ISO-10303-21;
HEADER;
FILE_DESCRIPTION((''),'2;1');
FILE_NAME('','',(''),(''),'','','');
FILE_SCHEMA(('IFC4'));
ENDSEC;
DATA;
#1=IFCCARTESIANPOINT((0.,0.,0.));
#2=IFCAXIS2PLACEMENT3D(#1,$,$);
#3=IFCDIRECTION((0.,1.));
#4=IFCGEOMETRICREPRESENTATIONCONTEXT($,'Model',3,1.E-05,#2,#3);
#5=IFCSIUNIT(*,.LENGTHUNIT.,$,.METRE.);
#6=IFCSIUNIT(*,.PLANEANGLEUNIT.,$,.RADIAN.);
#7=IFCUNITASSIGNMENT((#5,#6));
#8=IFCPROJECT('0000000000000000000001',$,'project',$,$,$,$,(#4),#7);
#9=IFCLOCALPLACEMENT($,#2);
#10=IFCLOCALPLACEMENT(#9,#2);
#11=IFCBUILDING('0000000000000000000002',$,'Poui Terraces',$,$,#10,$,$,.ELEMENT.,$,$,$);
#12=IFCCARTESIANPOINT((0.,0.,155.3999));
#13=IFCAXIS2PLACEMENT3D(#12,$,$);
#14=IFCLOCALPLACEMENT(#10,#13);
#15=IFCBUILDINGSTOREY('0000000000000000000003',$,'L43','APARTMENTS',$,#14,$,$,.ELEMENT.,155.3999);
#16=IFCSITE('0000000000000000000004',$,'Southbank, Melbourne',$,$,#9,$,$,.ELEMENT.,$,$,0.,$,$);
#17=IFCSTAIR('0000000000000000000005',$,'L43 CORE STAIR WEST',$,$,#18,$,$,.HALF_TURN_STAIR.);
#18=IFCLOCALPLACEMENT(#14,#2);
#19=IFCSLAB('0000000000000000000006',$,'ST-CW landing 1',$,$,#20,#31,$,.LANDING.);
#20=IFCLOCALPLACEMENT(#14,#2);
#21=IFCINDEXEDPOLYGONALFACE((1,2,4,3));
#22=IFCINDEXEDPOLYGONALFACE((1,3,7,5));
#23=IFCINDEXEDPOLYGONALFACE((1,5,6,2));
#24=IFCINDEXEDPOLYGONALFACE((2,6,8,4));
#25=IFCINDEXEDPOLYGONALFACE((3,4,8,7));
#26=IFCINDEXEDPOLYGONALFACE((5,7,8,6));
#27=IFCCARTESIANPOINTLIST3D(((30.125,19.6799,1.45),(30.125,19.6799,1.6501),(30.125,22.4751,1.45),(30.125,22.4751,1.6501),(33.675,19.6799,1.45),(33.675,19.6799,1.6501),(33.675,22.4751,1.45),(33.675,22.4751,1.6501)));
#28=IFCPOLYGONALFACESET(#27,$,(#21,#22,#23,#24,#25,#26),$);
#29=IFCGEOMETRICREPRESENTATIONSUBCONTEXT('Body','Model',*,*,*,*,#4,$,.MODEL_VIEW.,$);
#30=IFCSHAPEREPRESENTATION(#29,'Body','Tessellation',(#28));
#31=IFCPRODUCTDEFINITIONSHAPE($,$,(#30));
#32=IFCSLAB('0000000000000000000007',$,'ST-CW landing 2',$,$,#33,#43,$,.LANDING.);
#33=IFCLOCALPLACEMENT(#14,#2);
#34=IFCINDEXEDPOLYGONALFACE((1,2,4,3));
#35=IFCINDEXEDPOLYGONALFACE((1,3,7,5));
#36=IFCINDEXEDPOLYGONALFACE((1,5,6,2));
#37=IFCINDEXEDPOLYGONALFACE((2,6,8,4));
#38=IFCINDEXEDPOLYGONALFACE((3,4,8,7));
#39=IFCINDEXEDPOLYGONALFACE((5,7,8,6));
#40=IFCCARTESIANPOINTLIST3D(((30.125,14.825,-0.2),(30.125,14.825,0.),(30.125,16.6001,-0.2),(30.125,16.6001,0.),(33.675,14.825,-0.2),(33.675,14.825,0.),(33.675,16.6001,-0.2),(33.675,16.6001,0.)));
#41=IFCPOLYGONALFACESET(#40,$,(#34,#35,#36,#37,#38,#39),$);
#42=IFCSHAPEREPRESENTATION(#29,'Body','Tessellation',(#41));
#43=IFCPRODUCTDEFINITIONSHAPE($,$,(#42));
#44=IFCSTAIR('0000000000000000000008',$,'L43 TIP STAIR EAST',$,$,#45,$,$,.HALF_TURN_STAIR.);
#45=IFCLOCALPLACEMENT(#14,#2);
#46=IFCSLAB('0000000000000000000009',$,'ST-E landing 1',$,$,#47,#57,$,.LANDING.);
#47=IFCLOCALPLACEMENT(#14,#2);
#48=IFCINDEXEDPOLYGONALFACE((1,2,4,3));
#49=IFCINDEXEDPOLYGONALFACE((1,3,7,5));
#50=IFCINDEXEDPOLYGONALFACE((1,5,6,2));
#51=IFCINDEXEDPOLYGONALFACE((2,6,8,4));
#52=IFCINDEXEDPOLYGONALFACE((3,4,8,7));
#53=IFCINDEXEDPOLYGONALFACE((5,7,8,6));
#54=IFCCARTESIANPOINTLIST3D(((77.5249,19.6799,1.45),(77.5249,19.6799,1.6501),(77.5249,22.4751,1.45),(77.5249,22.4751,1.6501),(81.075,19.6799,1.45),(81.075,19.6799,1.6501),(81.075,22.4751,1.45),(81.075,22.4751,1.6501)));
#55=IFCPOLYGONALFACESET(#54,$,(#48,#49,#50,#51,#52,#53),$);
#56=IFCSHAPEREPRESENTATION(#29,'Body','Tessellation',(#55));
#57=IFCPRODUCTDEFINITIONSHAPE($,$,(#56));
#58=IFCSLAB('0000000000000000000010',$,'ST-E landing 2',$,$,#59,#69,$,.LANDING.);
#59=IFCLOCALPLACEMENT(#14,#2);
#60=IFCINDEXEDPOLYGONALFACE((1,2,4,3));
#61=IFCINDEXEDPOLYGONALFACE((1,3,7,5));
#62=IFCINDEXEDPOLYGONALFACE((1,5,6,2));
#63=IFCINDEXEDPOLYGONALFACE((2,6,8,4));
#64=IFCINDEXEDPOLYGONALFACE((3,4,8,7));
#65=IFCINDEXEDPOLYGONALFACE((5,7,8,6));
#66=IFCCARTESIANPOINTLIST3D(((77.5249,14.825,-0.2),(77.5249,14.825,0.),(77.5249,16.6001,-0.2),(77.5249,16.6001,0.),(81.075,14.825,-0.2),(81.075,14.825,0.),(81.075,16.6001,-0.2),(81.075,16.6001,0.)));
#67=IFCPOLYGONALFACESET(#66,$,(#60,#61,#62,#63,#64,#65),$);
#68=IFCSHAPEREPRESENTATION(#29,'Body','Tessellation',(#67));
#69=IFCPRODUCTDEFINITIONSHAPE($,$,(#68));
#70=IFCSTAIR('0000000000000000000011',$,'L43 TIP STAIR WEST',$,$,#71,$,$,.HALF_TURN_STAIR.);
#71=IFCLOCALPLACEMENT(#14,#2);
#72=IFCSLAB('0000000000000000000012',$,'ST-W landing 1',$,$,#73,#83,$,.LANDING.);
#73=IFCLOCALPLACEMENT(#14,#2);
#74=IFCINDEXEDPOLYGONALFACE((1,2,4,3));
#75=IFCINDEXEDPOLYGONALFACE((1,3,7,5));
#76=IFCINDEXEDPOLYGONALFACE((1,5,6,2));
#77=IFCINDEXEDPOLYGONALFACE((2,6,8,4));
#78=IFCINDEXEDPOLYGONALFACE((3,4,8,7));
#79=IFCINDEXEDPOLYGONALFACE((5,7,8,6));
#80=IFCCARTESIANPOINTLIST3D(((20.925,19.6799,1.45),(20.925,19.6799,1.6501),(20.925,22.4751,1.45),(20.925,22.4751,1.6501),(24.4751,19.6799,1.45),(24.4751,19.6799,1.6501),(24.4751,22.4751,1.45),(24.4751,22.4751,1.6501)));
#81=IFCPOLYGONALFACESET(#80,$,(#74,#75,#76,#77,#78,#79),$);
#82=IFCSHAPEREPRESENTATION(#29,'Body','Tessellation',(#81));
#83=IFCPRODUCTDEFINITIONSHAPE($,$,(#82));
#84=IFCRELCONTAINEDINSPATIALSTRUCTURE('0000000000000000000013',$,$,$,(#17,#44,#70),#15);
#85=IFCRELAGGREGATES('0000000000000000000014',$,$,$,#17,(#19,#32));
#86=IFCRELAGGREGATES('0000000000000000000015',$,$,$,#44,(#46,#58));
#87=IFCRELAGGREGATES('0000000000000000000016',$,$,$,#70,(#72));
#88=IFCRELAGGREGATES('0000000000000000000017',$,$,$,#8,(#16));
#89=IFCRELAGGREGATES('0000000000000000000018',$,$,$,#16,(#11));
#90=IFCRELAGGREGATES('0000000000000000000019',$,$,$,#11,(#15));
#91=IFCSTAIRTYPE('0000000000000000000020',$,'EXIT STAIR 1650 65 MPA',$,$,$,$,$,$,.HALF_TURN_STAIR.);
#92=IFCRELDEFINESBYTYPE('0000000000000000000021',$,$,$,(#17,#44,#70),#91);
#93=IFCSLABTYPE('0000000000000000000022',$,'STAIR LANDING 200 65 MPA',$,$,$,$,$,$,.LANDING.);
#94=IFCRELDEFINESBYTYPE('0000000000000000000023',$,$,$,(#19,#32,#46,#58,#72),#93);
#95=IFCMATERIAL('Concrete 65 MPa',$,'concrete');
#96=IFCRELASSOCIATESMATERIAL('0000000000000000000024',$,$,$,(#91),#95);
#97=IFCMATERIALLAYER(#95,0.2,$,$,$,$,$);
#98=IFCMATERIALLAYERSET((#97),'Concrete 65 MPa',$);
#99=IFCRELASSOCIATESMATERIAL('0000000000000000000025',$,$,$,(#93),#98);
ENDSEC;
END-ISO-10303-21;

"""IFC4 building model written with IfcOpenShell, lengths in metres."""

from ifc_helpers import new_model, si_unit, direction, frame, origin, place, context, subcontext, project, spatial, polyline, outline, extrude, material, layer, layer_set, type_object, element, aggregate, save


model = new_model("IFC4")

# Units and contexts
model_context = context("Model", 3, precision=1e-05, world=origin(), true_north=direction((0.0, 1.0)))
body_context = subcontext(model_context, "Body", "Model", "MODEL_VIEW")
ifc_project = project(units=[si_unit("LENGTHUNIT", "METRE"), si_unit("PLANEANGLEUNIT", "RADIAN")], contexts=[model_context])

# Site, building, storey
site_placement = place(None, origin())
site = spatial("IfcSite", under=ifc_project, at=site_placement, Name="Southbank, Melbourne", CompositionType="ELEMENT", RefElevation=0.0)
building_placement = place(site_placement, origin())
building = spatial("IfcBuilding", under=site, at=building_placement, Name="Poui Terraces", CompositionType="ELEMENT")
storey_placement = place(building_placement, frame((0.0, 0.0, 155.3999)))
storey = spatial("IfcBuildingStorey", under=building, at=storey_placement, Name="L43", Description="APARTMENTS", CompositionType="ELEMENT", Elevation=155.3999)

# Stairs, slabs
ifc_material = material(Name="Concrete 65 MPa", Category="concrete")
stair_type = type_object("IfcStairType", Name="EXIT STAIR 1650 65 MPA", PredefinedType="HALF_TURN_STAIR", material=ifc_material)
stair_1_placement = place(storey_placement, origin())
stair_1 = element("IfcStair", 1, at=stair_1_placement, inside=storey, type_object=stair_type, Name="L43 CORE STAIR WEST", PredefinedType="HALF_TURN_STAIR")
ifc_layer = layer(ifc_material, 0.2)
ifc_layer_set = layer_set([ifc_layer], Name="Concrete 65 MPa")
slab_type = type_object("IfcSlabType", Name="STAIR LANDING 200 65 MPA", PredefinedType="LANDING", material=ifc_layer_set)
slab_1_placement = place(storey_placement, frame((0.0, 0.0, 1.45)))
slab_1 = element("IfcSlab", 2, at=slab_1_placement, type_object=slab_type, Name="ST-CW landing 1", PredefinedType="LANDING", context=body_context, shape_type="SweptSolid", body=[
    extrude(outline(polyline([(30.125, 19.6799), (33.675, 19.6799), (33.675, 22.4751), (30.125, 22.4751), (30.125, 19.6799)])), origin(), (0.0, 0.0, 1.0), 0.2002),
])
slab_2_placement = place(storey_placement, frame((0.0, 0.0, -0.2)))
slab_2 = element("IfcSlab", 3, at=slab_2_placement, type_object=slab_type, Name="ST-CW landing 2", PredefinedType="LANDING", context=body_context, shape_type="SweptSolid", body=[
    extrude(outline(polyline([(30.125, 14.825), (33.675, 14.825), (33.675, 16.6001), (30.125, 16.6001), (30.125, 14.825)])), origin(), (0.0, 0.0, 1.0), 0.2),
])
aggregate(stair_1, [slab_1, slab_2])
stair_2_placement = place(storey_placement, origin())
stair_2 = element("IfcStair", 4, at=stair_2_placement, inside=storey, type_object=stair_type, Name="L43 TIP STAIR EAST", PredefinedType="HALF_TURN_STAIR")
slab_3_placement = place(storey_placement, frame((0.0, 0.0, 1.45)))
slab_3 = element("IfcSlab", 5, at=slab_3_placement, type_object=slab_type, Name="ST-E landing 1", PredefinedType="LANDING", context=body_context, shape_type="SweptSolid", body=[
    extrude(outline(polyline([(77.5249, 19.6799), (81.075, 19.6799), (81.075, 22.4751), (77.5249, 22.4751), (77.5249, 19.6799)])), origin(), (0.0, 0.0, 1.0), 0.2002),
])
slab_4_placement = place(storey_placement, frame((0.0, 0.0, -0.2)))
slab_4 = element("IfcSlab", 6, at=slab_4_placement, type_object=slab_type, Name="ST-E landing 2", PredefinedType="LANDING", context=body_context, shape_type="SweptSolid", body=[
    extrude(outline(polyline([(77.5249, 14.825), (81.075, 14.825), (81.075, 16.6001), (77.5249, 16.6001), (77.5249, 14.825)])), origin(), (0.0, 0.0, 1.0), 0.2),
])
aggregate(stair_2, [slab_3, slab_4])

# Stair, slab
stair_3_placement = place(storey_placement, origin())
stair_3 = element("IfcStair", 7, at=stair_3_placement, inside=storey, type_object=stair_type, Name="L43 TIP STAIR WEST", PredefinedType="HALF_TURN_STAIR")
slab_5_placement = place(storey_placement, frame((0.0, 0.0, 1.45)))
slab_5 = element("IfcSlab", 8, at=slab_5_placement, type_object=slab_type, Name="ST-W landing 1", PredefinedType="LANDING", context=body_context, shape_type="SweptSolid", body=[
    extrude(outline(polyline([(20.925, 19.6799), (24.4751, 19.6799), (24.4751, 22.4751), (20.925, 22.4751), (20.925, 19.6799)])), origin(), (0.0, 0.0, 1.0), 0.2002),
])
aggregate(stair_3, [slab_5])

save(model, "model.ifc")
